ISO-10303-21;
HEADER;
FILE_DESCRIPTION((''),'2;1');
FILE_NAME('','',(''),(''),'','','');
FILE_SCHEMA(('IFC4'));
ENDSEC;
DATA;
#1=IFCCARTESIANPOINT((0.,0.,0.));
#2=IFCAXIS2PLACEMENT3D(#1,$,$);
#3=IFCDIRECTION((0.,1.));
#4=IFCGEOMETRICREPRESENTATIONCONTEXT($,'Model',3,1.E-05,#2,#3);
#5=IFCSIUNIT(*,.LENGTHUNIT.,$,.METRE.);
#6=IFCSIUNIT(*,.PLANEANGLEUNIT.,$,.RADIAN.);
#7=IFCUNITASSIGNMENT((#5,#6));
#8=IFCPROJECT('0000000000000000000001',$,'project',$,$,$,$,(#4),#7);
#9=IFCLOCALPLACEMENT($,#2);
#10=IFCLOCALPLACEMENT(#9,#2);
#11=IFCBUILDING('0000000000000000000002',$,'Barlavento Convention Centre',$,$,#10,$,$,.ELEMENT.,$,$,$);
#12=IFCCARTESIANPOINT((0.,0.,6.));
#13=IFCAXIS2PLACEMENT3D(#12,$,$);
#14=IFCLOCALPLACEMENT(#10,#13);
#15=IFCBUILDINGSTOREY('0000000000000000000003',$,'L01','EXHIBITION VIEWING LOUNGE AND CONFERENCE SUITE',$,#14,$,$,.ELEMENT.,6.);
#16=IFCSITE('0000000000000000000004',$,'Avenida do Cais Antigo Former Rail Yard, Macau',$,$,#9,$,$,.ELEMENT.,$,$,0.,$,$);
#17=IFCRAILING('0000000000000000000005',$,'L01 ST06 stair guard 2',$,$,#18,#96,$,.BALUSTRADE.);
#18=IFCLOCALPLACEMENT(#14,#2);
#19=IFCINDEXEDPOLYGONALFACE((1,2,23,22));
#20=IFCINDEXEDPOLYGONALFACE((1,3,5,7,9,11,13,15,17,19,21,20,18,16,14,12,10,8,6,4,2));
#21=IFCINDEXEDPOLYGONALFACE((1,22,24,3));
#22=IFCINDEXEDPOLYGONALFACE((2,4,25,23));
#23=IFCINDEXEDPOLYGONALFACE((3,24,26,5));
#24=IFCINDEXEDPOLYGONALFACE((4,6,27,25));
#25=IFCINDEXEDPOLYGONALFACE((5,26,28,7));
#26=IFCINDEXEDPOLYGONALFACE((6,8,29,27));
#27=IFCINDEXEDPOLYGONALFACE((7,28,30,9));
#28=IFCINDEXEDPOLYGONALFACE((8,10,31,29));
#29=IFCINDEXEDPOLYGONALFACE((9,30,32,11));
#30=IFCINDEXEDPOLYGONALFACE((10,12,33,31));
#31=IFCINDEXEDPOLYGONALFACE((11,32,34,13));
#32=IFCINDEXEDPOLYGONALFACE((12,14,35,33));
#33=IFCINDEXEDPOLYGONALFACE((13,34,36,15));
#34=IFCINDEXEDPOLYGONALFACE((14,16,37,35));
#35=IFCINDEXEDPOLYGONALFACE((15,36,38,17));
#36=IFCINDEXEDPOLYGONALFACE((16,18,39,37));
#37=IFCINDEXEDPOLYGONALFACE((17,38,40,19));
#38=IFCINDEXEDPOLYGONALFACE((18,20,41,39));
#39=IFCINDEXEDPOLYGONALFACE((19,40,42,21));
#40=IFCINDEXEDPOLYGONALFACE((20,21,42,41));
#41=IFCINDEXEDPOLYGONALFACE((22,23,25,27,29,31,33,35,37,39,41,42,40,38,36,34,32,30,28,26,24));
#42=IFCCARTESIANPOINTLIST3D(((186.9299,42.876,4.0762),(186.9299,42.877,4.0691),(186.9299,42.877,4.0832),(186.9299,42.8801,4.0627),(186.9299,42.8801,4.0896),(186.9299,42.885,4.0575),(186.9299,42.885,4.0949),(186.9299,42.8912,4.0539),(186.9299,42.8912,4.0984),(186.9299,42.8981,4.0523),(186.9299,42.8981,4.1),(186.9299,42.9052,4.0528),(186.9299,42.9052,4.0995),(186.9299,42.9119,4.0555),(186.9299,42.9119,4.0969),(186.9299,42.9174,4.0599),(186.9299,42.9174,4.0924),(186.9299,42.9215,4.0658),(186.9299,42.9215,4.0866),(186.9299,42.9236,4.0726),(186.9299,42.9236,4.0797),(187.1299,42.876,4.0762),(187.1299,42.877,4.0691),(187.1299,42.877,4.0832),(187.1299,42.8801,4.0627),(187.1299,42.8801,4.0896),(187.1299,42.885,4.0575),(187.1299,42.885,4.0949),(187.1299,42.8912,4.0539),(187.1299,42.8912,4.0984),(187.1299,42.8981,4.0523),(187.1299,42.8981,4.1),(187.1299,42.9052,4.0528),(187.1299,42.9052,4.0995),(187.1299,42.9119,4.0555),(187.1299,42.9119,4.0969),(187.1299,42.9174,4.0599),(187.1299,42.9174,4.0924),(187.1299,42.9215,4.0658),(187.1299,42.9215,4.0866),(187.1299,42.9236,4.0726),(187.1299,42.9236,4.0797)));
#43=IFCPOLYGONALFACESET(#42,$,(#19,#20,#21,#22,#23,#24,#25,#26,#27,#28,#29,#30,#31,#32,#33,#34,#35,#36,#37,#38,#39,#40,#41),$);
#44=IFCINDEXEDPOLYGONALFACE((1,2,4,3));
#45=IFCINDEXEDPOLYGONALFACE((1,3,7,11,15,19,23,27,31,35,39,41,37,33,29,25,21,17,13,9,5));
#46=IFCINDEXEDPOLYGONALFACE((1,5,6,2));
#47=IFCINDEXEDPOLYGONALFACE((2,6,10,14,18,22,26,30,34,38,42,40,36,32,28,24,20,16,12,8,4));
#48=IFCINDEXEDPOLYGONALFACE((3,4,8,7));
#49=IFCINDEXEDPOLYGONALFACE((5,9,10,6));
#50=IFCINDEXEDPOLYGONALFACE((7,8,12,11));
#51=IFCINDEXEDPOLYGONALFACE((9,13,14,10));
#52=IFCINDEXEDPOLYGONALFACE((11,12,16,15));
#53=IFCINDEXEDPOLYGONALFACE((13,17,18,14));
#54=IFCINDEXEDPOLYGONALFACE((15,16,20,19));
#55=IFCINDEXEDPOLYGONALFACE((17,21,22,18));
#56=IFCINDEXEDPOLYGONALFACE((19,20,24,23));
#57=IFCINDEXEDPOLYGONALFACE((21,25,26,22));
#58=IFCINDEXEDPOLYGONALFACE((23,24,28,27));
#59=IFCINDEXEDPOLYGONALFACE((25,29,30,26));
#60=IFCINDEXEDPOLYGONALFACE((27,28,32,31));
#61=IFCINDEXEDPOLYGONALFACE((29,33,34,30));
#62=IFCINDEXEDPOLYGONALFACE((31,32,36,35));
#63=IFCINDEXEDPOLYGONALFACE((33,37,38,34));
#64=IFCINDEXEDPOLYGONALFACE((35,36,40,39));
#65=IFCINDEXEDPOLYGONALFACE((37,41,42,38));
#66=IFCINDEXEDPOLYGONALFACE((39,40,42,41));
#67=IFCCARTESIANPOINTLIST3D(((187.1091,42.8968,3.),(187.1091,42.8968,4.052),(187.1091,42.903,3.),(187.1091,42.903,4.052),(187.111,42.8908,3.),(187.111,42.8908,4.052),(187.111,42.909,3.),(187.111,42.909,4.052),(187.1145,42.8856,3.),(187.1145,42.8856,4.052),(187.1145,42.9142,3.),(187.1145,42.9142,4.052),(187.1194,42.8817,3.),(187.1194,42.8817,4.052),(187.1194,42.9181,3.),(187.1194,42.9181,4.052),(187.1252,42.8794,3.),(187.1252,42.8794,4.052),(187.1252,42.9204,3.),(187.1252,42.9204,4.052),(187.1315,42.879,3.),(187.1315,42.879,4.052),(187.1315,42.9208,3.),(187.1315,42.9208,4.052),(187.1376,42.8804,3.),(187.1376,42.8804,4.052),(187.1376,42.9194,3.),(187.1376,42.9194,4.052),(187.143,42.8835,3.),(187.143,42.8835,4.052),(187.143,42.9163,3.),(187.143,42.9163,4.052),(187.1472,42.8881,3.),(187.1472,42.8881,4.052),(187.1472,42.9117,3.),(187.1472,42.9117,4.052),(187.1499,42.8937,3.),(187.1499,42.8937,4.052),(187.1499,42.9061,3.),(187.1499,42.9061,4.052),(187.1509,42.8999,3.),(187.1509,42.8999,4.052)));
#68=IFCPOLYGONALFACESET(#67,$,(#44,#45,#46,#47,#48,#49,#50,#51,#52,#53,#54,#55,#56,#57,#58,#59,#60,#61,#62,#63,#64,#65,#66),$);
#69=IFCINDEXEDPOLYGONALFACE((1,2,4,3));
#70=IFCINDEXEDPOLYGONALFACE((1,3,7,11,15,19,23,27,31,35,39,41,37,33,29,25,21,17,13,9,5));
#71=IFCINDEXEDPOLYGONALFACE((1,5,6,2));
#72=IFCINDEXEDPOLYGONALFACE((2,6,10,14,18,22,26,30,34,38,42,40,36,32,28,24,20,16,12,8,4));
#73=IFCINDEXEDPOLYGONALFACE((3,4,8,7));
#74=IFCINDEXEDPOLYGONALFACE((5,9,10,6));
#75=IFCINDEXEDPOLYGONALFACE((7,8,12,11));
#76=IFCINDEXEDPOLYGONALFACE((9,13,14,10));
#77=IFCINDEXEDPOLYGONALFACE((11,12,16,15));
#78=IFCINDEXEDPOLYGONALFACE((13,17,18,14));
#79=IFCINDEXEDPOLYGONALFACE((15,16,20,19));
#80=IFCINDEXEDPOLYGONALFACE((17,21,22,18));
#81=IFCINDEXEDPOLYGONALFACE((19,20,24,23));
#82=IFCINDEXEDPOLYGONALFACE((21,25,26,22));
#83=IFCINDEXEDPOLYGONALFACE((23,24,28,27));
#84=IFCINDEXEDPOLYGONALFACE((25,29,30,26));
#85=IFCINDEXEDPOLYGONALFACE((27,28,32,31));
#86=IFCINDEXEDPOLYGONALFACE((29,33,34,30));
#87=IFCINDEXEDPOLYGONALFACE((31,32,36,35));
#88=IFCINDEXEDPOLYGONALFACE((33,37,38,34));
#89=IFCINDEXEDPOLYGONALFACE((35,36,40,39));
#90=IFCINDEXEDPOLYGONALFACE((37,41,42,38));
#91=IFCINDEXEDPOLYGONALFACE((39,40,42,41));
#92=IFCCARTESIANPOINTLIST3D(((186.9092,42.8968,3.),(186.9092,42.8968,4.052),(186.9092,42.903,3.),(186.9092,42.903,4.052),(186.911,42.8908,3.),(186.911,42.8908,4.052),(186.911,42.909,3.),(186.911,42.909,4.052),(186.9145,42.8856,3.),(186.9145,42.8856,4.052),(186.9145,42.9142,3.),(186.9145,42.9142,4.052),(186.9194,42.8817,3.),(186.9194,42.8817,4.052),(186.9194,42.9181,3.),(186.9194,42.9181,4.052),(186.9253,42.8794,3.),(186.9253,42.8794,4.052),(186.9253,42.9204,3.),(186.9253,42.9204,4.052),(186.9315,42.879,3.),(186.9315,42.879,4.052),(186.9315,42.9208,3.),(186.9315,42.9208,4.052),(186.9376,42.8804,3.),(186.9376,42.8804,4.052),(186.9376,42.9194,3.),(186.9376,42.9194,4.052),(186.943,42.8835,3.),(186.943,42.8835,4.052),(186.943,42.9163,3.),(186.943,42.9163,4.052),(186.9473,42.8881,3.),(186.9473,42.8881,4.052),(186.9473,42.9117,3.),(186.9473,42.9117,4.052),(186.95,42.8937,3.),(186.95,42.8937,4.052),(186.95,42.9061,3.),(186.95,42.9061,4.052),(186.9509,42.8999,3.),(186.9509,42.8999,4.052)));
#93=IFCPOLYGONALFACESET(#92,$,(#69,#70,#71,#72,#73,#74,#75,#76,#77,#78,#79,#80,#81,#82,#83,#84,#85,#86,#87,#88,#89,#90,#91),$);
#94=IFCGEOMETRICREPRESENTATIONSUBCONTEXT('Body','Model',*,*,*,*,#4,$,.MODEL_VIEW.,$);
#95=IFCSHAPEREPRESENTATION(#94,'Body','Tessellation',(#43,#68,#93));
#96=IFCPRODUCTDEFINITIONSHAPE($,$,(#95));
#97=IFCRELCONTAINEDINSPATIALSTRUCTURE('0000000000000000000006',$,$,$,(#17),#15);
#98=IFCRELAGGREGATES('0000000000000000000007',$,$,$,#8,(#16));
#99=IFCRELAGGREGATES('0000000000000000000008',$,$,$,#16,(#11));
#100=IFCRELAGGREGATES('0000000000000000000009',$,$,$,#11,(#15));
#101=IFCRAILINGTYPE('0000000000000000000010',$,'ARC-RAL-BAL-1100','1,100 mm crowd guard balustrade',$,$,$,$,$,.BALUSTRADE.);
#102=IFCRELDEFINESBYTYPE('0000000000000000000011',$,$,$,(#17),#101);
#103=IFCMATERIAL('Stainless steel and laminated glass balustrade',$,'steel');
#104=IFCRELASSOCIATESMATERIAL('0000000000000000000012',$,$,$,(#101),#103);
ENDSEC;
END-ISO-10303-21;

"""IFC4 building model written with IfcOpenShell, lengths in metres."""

from ifc_helpers import new_model, si_unit, direction, frame, origin, origin_2d, place, context, subcontext, project, spatial, circle, extrude, material, type_object, element, save


model = new_model("IFC4")

# Units and contexts
model_context = context("Model", 3, precision=1e-05, world=origin(), true_north=direction((0.0, 1.0)))
body_context = subcontext(model_context, "Body", "Model", "MODEL_VIEW")
ifc_project = project(units=[si_unit("LENGTHUNIT", "METRE"), si_unit("PLANEANGLEUNIT", "RADIAN")], contexts=[model_context])

# Site, building, storey
site_placement = place(None, origin())
site = spatial("IfcSite", under=ifc_project, at=site_placement, Name="Avenida do Cais Antigo Former Rail Yard, Macau", CompositionType="ELEMENT", RefElevation=0.0)
building_placement = place(site_placement, origin())
building = spatial("IfcBuilding", under=site, at=building_placement, Name="Barlavento Convention Centre", CompositionType="ELEMENT")
storey_placement = place(building_placement, frame((0.0, 0.0, 6.0)))
storey = spatial("IfcBuildingStorey", under=building, at=storey_placement, Name="L01", Description="EXHIBITION VIEWING LOUNGE AND CONFERENCE SUITE", CompositionType="ELEMENT", Elevation=6.0)

# Railing
ifc_material_1 = material(Name="Stainless steel and laminated glass balustrade", Category="steel")
railing_type_1 = type_object("IfcRailingType", Name="ARC-RAL-BAL-1100", Description="1,100 mm crowd guard balustrade", PredefinedType="BALUSTRADE", material=ifc_material_1)
railing_1_placement = place(storey_placement, frame((187.1299, 42.8999, 3.0)))
element("IfcRailing", 1, at=railing_1_placement, inside=storey, type_object=railing_type_1, Name="L01 ST06 stair guard 2", PredefinedType="BALUSTRADE", context=body_context, shape_type="SweptSolid", body=[
    extrude(circle(Radius=0.0239, at=origin_2d()), frame((0.0, 0.0, 1.0762), z_axis=(-1.0, 0.0, 0.0), x_axis=(0.0, -1.0, 0.0)), (0.0, 0.0, 1.0), 0.2),
    extrude(circle(Radius=0.021, at=origin_2d()), origin(), (0.0, 0.0, 1.0), 1.052),
    extrude(circle(Radius=0.021, at=origin_2d()), frame((-0.2, 0.0, 0.0)), (0.0, 0.0, 1.0), 1.052),
])

save(model, "model.ifc")
